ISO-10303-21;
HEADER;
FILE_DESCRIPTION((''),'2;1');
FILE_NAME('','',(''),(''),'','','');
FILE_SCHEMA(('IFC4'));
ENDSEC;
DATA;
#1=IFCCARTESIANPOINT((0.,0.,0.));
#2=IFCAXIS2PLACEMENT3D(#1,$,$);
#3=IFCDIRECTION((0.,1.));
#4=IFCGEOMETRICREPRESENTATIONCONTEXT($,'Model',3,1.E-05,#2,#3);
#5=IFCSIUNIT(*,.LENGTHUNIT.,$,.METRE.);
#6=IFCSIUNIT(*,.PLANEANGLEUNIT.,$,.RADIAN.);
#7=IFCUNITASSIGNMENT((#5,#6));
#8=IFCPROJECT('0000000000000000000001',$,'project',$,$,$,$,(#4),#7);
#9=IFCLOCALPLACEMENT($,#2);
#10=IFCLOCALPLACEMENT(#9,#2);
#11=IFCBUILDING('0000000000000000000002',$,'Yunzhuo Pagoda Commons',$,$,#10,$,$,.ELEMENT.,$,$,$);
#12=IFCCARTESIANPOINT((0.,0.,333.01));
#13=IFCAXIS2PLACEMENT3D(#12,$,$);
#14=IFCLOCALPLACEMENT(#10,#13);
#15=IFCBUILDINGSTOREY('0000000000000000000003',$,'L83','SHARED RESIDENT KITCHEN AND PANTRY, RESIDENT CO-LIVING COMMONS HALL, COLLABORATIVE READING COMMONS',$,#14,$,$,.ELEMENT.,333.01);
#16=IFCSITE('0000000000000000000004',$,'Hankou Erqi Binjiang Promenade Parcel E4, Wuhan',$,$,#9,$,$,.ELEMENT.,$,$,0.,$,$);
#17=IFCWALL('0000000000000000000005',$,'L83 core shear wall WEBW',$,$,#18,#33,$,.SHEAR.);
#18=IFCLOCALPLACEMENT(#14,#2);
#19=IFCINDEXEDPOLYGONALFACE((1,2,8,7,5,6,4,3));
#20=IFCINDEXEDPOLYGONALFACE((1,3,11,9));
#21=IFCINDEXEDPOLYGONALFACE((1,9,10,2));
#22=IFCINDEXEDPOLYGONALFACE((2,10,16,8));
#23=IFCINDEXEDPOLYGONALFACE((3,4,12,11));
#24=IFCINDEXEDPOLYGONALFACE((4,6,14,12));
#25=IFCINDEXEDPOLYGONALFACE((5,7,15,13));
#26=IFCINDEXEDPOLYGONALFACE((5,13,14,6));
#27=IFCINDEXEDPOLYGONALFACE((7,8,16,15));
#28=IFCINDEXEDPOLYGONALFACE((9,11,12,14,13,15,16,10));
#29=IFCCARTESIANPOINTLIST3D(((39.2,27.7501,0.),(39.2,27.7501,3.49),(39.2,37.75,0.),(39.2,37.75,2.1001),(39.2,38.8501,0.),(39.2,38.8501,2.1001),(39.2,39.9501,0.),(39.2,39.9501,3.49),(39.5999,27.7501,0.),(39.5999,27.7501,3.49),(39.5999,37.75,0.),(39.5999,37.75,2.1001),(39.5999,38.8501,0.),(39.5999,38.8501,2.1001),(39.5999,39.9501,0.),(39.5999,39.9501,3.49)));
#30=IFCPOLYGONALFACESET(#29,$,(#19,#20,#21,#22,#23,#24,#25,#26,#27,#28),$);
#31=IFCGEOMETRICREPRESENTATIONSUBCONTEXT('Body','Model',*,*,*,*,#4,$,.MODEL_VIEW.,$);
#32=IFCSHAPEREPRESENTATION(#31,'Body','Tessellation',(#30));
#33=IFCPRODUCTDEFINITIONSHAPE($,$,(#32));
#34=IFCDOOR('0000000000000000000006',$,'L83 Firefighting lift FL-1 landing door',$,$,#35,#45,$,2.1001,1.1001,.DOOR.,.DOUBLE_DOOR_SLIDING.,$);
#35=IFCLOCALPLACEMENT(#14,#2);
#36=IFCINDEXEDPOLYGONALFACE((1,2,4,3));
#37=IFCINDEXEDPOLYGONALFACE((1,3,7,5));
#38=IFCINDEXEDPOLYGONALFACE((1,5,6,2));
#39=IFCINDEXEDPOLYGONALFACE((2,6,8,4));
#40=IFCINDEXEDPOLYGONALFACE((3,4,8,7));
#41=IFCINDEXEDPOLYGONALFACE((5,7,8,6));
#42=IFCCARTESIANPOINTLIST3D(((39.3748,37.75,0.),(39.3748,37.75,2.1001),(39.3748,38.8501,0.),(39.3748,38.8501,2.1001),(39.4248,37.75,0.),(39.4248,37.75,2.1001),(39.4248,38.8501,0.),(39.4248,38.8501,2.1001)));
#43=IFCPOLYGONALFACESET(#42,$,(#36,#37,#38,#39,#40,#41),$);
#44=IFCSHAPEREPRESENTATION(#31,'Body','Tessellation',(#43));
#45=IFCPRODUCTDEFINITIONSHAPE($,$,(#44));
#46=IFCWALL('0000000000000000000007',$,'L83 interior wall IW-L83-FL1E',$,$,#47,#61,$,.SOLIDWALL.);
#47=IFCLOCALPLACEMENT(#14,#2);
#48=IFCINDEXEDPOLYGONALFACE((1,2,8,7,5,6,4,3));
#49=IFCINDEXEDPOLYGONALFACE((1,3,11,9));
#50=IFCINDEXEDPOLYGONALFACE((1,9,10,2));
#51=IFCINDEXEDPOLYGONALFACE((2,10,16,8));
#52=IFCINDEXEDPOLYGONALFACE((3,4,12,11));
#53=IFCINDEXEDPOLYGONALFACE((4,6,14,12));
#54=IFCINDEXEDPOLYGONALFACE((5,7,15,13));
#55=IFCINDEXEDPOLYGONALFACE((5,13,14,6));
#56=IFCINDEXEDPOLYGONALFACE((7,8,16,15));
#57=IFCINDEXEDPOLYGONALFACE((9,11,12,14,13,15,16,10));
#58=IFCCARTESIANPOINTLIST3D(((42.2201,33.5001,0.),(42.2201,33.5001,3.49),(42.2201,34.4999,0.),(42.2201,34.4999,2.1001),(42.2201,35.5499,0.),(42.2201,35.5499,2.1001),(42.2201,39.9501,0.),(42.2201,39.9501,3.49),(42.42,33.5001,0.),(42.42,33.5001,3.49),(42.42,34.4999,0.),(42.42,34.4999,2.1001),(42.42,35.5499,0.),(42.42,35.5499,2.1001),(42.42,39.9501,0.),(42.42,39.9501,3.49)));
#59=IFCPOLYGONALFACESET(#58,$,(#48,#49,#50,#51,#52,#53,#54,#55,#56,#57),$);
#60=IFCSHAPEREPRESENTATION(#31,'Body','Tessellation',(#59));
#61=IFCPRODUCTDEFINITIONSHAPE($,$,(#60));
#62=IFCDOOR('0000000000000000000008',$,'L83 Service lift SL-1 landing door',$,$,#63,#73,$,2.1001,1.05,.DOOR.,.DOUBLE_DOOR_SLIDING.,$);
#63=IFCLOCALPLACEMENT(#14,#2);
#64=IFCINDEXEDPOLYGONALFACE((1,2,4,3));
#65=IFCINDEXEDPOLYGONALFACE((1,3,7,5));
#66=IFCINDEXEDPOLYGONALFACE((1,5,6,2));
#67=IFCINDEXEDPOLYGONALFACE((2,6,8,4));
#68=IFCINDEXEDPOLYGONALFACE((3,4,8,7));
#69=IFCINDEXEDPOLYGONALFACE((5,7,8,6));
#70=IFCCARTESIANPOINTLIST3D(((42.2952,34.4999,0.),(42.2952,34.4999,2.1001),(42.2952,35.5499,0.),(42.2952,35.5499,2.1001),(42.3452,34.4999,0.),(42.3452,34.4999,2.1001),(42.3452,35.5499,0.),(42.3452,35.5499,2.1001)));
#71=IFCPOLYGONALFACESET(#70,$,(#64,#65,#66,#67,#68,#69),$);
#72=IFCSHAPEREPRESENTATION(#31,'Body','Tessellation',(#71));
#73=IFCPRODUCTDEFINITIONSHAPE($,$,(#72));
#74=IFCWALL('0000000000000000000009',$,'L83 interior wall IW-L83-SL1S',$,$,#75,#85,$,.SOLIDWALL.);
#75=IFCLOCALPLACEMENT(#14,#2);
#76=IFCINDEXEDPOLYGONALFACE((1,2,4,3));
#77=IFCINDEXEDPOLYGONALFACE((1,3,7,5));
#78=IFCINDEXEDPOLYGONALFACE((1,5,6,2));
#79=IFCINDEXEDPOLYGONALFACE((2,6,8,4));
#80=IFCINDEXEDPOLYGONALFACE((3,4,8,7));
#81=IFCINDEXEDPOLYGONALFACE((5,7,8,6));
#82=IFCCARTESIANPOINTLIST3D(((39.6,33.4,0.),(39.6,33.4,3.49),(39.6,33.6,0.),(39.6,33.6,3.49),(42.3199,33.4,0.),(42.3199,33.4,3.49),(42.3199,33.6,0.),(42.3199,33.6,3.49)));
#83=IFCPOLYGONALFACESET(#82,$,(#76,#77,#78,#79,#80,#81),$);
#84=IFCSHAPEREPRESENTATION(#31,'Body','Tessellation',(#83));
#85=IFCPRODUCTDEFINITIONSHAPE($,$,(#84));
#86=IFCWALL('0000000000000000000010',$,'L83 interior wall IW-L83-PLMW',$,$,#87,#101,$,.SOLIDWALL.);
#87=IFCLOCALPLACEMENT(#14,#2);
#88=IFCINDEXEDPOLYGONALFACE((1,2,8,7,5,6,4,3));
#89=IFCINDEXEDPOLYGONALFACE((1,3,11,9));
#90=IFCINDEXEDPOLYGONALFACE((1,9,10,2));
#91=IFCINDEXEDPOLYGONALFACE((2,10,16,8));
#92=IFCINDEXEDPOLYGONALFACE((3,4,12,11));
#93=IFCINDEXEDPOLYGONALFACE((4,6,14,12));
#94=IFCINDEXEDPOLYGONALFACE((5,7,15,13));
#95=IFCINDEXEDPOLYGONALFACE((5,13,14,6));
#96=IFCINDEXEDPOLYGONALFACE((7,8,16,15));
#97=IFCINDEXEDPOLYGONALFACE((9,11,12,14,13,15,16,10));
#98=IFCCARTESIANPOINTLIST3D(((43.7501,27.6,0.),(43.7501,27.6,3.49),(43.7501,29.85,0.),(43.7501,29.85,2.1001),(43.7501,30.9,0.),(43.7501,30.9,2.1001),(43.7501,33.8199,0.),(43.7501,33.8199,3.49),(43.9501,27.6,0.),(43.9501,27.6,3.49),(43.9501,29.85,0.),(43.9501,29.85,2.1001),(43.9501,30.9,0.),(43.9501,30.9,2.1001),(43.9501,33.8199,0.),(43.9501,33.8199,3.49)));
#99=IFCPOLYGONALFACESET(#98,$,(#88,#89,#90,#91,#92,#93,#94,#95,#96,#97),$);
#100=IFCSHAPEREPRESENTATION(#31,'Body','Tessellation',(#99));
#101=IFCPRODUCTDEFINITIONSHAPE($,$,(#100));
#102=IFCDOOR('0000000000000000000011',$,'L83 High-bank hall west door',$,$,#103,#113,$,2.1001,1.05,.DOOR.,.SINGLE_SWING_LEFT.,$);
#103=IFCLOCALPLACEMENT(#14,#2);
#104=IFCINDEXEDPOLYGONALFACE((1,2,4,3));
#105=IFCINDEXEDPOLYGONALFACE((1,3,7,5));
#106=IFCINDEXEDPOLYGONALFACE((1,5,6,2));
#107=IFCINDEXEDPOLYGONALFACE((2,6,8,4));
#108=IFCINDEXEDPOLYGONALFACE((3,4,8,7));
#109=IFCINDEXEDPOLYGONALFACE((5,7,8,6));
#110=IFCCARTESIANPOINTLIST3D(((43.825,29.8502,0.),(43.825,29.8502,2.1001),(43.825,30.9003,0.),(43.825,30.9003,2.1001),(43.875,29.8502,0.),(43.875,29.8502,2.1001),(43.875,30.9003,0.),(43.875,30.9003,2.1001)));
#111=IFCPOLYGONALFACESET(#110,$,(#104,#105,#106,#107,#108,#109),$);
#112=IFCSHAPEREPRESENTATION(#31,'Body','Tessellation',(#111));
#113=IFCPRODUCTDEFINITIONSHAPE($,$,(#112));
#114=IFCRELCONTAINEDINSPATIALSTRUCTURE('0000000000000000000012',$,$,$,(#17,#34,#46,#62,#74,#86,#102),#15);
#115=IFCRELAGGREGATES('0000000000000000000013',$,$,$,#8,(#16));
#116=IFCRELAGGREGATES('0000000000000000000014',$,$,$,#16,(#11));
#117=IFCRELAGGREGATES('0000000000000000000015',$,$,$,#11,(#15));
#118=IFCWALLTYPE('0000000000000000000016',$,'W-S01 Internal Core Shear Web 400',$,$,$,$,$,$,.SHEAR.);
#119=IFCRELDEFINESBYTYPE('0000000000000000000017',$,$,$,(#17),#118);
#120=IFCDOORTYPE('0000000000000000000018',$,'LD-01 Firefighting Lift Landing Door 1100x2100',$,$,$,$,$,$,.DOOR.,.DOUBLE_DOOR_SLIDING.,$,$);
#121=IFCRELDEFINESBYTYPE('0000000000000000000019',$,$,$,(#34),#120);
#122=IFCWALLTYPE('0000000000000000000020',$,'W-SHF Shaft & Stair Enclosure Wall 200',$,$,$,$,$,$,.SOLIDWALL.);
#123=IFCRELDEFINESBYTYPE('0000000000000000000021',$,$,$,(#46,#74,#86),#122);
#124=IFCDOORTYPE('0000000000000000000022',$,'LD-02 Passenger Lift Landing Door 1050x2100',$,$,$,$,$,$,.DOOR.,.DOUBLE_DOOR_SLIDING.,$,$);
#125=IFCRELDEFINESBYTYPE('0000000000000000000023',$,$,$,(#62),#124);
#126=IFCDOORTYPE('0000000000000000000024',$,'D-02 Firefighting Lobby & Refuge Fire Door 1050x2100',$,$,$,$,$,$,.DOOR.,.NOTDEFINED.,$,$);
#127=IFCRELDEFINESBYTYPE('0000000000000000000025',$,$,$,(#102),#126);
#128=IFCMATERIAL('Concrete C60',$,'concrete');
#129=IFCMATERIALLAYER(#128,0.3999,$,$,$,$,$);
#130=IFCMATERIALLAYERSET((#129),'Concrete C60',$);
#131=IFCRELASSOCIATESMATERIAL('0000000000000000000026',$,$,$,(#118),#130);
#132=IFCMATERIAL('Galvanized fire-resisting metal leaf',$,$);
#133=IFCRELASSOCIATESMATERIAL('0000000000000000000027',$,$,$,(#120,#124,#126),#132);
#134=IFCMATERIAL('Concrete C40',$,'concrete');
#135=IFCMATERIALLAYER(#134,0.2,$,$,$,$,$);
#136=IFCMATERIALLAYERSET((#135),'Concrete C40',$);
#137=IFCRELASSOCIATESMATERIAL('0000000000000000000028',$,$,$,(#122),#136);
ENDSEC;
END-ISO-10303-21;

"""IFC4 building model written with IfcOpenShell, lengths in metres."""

from ifc_helpers import new_model, si_unit, direction, frame, frame_2d, origin, origin_with_axes, place, context, subcontext, project, spatial, rectangle, extrude, source, transform, mapped, material, layer, layer_set, type_object, element, fill, save


model = new_model("IFC4")

# Units and contexts
model_context = context("Model", 3, precision=1e-05, world=origin(), true_north=direction((0.0, 1.0)))
body_context = subcontext(model_context, "Body", "Model", "MODEL_VIEW")
ifc_project = project(units=[si_unit("LENGTHUNIT", "METRE"), si_unit("PLANEANGLEUNIT", "RADIAN")], contexts=[model_context])

# Site, building, storey
site_placement = place(None, origin())
site = spatial("IfcSite", under=ifc_project, at=site_placement, Name="Hankou Erqi Binjiang Promenade Parcel E4, Wuhan", CompositionType="ELEMENT", RefElevation=0.0)
building_placement = place(site_placement, origin())
building = spatial("IfcBuilding", under=site, at=building_placement, Name="Yunzhuo Pagoda Commons", CompositionType="ELEMENT")
storey_placement = place(building_placement, frame((0.0, 0.0, 333.01)))
storey = spatial("IfcBuildingStorey", under=building, at=storey_placement, Name="L83", Description="SHARED RESIDENT KITCHEN AND PANTRY, RESIDENT CO-LIVING COMMONS HALL, COLLABORATIVE READING COMMONS", CompositionType="ELEMENT", Elevation=333.01)

# Shared definitions
ifc_material_1 = material(Name="Galvanized fire-resisting metal leaf")

# Walls, openings, doors
ifc_material_2 = material(Name="Concrete C60", Category="concrete")
ifc_layer_1 = layer(ifc_material_2, 0.3999)
ifc_layer_set_1 = layer_set([ifc_layer_1], Name="Concrete C60")
wall_type_1 = type_object("IfcWallType", Name="W-S01 Internal Core Shear Web 400", PredefinedType="SHEAR", material=ifc_layer_set_1)
wall_1_placement = place(storey_placement, frame((39.3999, 27.75, 0.0), z_axis=(0.0, 0.0, 1.0), x_axis=(0.0, 1.0, 0.0)))
wall_1 = element("IfcWall", 1, at=wall_1_placement, inside=storey, type_object=wall_type_1, Name="L83 core shear wall WEBW", PredefinedType="SHEAR", context=body_context, shape_type="SweptSolid", body=[
    extrude(rectangle(XDim=12.2, YDim=0.3999, at=frame_2d((6.1001, 0.0))), origin(), (0.0, 0.0, 1.0), 3.49),
])
opening_1_placement = place(wall_1_placement, frame((10.0, 0.0, 0.0)))
opening_1 = element("IfcOpeningElement", 2, at=opening_1_placement, cuts=wall_1, PredefinedType="OPENING", context=body_context, shape_type="SweptSolid", body=[
    extrude(rectangle(XDim=1.1001, YDim=2.1001, at=frame_2d((0.55, 1.05))), frame((0.0, 0.21, 0.0), z_axis=(0.0, -1.0, 0.0), x_axis=(1.0, 0.0, 0.0)), (0.0, 0.0, 1.0), 0.4199),
])
door_type_1 = type_object("IfcDoorType", Name="LD-01 Firefighting Lift Landing Door 1100x2100", OperationType="DOUBLE_DOOR_SLIDING", PredefinedType="DOOR", material=ifc_material_1)
shared_shape_1 = source(origin(), body_context, "Body", "SweptSolid", [
    extrude(rectangle(XDim=1.1001, YDim=2.1001, at=frame_2d((0.55, 1.05))), frame((0.0, 0.0249, 0.0), z_axis=(0.0, -1.0, 0.0), x_axis=(1.0, 0.0, 0.0)), (0.0, 0.0, 1.0), 0.05),
])
door_1_placement = place(opening_1_placement, frame((1.1001, 0.0, 0.0), z_axis=(0.0, 0.0, 1.0), x_axis=(-1.0, 0.0, 0.0)))
door_1 = element("IfcDoor", 3, at=door_1_placement, inside=storey, type_object=door_type_1, Name="L83 Firefighting lift FL-1 landing door", OperationType="DOUBLE_DOOR_SLIDING", OverallHeight=2.1001, OverallWidth=1.1001, PredefinedType="DOOR", context=body_context, shape_type="MappedRepresentation", body=[
    mapped(shared_shape_1, transform((0.0, 0.0, 0.0), scale=1.0)),
])
fill(opening_1, door_1)
ifc_material_3 = material(Name="Concrete C40", Category="concrete")
ifc_layer_2 = layer(ifc_material_3, 0.2)
ifc_layer_set_2 = layer_set([ifc_layer_2], Name="Concrete C40")
wall_type_2 = type_object("IfcWallType", Name="W-SHF Shaft & Stair Enclosure Wall 200", PredefinedType="SOLIDWALL", material=ifc_layer_set_2)
wall_2_placement = place(storey_placement, frame((42.3201, 33.5, 0.0), z_axis=(0.0, 0.0, 1.0), x_axis=(0.0, 1.0, 0.0)))
wall_2 = element("IfcWall", 4, at=wall_2_placement, inside=storey, type_object=wall_type_2, Name="L83 interior wall IW-L83-FL1E", PredefinedType="SOLIDWALL", context=body_context, shape_type="SweptSolid", body=[
    extrude(rectangle(XDim=6.45, YDim=0.2, at=frame_2d((3.2251, 0.0))), origin(), (0.0, 0.0, 1.0), 3.49),
])
opening_2_placement = place(wall_2_placement, frame((1.0, 0.0, 0.0)))
opening_2 = element("IfcOpeningElement", 5, at=opening_2_placement, cuts=wall_2, PredefinedType="OPENING", context=body_context, shape_type="SweptSolid", body=[
    extrude(rectangle(XDim=1.05, YDim=2.1001, at=frame_2d((0.5249, 1.05))), frame((0.0, 0.1099, 0.0), z_axis=(0.0, -1.0, 0.0), x_axis=(1.0, 0.0, 0.0)), (0.0, 0.0, 1.0), 0.22),
])
door_type_2 = type_object("IfcDoorType", Name="LD-02 Passenger Lift Landing Door 1050x2100", OperationType="DOUBLE_DOOR_SLIDING", PredefinedType="DOOR", material=ifc_material_1)
shared_shape_2 = source(origin(), body_context, "Body", "SweptSolid", [
    extrude(rectangle(XDim=1.05, YDim=2.1001, at=frame_2d((0.5249, 1.05))), frame((0.0, 0.0249, 0.0), z_axis=(0.0, -1.0, 0.0), x_axis=(1.0, 0.0, 0.0)), (0.0, 0.0, 1.0), 0.05),
])
door_2_placement = place(opening_2_placement, origin_with_axes())
door_2 = element("IfcDoor", 6, at=door_2_placement, inside=storey, type_object=door_type_2, Name="L83 Service lift SL-1 landing door", OperationType="DOUBLE_DOOR_SLIDING", OverallHeight=2.1001, OverallWidth=1.05, PredefinedType="DOOR", context=body_context, shape_type="MappedRepresentation", body=[
    mapped(shared_shape_2, transform((0.0, 0.0, 0.0), scale=1.0)),
])
fill(opening_2, door_2)

# Wall
wall_3_placement = place(storey_placement, frame((39.6001, 33.5, 0.0), z_axis=(0.0, 0.0, 1.0), x_axis=(1.0, 0.0, 0.0)))
element("IfcWall", 7, at=wall_3_placement, inside=storey, type_object=wall_type_2, Name="L83 interior wall IW-L83-SL1S", PredefinedType="SOLIDWALL", context=body_context, shape_type="SweptSolid", body=[
    extrude(rectangle(XDim=2.72, YDim=0.2, at=frame_2d((1.3599, 0.0))), origin(), (0.0, 0.0, 1.0), 3.49),
])

# Wall, opening, door
wall_4_placement = place(storey_placement, frame((43.8501, 27.6001, 0.0), z_axis=(0.0, 0.0, 1.0), x_axis=(0.0, 1.0, 0.0)))
wall_4 = element("IfcWall", 8, at=wall_4_placement, inside=storey, type_object=wall_type_2, Name="L83 interior wall IW-L83-PLMW", PredefinedType="SOLIDWALL", context=body_context, shape_type="SweptSolid", body=[
    extrude(rectangle(XDim=6.22, YDim=0.2, at=frame_2d((3.1099, 0.0))), origin(), (0.0, 0.0, 1.0), 3.49),
])
opening_3_placement = place(wall_4_placement, frame((2.25, 0.0, 0.0)))
opening_3 = element("IfcOpeningElement", 9, at=opening_3_placement, cuts=wall_4, PredefinedType="OPENING", context=body_context, shape_type="SweptSolid", body=[
    extrude(rectangle(XDim=1.05, YDim=2.1001, at=frame_2d((0.5249, 1.05))), frame((0.0, 0.1099, 0.0), z_axis=(0.0, -1.0, 0.0), x_axis=(1.0, 0.0, 0.0)), (0.0, 0.0, 1.0), 0.22),
])
door_type_3 = type_object("IfcDoorType", Name="D-02 Firefighting Lobby & Refuge Fire Door 1050x2100", OperationType="NOTDEFINED", PredefinedType="DOOR", material=ifc_material_1)
door_3_placement = place(opening_3_placement, frame((1.05, 0.0, 0.0), z_axis=(0.0, 0.0, 1.0), x_axis=(-1.0, 0.0, 0.0)))
door_3 = element("IfcDoor", 10, at=door_3_placement, inside=storey, type_object=door_type_3, Name="L83 High-bank hall west door", OperationType="SINGLE_SWING_LEFT", OverallHeight=2.1001, OverallWidth=1.05, PredefinedType="DOOR", context=body_context, shape_type="MappedRepresentation", body=[
    mapped(shared_shape_2, transform((0.0, 0.0, 0.0), scale=1.0)),
])
fill(opening_3, door_3)

save(model, "model.ifc")
